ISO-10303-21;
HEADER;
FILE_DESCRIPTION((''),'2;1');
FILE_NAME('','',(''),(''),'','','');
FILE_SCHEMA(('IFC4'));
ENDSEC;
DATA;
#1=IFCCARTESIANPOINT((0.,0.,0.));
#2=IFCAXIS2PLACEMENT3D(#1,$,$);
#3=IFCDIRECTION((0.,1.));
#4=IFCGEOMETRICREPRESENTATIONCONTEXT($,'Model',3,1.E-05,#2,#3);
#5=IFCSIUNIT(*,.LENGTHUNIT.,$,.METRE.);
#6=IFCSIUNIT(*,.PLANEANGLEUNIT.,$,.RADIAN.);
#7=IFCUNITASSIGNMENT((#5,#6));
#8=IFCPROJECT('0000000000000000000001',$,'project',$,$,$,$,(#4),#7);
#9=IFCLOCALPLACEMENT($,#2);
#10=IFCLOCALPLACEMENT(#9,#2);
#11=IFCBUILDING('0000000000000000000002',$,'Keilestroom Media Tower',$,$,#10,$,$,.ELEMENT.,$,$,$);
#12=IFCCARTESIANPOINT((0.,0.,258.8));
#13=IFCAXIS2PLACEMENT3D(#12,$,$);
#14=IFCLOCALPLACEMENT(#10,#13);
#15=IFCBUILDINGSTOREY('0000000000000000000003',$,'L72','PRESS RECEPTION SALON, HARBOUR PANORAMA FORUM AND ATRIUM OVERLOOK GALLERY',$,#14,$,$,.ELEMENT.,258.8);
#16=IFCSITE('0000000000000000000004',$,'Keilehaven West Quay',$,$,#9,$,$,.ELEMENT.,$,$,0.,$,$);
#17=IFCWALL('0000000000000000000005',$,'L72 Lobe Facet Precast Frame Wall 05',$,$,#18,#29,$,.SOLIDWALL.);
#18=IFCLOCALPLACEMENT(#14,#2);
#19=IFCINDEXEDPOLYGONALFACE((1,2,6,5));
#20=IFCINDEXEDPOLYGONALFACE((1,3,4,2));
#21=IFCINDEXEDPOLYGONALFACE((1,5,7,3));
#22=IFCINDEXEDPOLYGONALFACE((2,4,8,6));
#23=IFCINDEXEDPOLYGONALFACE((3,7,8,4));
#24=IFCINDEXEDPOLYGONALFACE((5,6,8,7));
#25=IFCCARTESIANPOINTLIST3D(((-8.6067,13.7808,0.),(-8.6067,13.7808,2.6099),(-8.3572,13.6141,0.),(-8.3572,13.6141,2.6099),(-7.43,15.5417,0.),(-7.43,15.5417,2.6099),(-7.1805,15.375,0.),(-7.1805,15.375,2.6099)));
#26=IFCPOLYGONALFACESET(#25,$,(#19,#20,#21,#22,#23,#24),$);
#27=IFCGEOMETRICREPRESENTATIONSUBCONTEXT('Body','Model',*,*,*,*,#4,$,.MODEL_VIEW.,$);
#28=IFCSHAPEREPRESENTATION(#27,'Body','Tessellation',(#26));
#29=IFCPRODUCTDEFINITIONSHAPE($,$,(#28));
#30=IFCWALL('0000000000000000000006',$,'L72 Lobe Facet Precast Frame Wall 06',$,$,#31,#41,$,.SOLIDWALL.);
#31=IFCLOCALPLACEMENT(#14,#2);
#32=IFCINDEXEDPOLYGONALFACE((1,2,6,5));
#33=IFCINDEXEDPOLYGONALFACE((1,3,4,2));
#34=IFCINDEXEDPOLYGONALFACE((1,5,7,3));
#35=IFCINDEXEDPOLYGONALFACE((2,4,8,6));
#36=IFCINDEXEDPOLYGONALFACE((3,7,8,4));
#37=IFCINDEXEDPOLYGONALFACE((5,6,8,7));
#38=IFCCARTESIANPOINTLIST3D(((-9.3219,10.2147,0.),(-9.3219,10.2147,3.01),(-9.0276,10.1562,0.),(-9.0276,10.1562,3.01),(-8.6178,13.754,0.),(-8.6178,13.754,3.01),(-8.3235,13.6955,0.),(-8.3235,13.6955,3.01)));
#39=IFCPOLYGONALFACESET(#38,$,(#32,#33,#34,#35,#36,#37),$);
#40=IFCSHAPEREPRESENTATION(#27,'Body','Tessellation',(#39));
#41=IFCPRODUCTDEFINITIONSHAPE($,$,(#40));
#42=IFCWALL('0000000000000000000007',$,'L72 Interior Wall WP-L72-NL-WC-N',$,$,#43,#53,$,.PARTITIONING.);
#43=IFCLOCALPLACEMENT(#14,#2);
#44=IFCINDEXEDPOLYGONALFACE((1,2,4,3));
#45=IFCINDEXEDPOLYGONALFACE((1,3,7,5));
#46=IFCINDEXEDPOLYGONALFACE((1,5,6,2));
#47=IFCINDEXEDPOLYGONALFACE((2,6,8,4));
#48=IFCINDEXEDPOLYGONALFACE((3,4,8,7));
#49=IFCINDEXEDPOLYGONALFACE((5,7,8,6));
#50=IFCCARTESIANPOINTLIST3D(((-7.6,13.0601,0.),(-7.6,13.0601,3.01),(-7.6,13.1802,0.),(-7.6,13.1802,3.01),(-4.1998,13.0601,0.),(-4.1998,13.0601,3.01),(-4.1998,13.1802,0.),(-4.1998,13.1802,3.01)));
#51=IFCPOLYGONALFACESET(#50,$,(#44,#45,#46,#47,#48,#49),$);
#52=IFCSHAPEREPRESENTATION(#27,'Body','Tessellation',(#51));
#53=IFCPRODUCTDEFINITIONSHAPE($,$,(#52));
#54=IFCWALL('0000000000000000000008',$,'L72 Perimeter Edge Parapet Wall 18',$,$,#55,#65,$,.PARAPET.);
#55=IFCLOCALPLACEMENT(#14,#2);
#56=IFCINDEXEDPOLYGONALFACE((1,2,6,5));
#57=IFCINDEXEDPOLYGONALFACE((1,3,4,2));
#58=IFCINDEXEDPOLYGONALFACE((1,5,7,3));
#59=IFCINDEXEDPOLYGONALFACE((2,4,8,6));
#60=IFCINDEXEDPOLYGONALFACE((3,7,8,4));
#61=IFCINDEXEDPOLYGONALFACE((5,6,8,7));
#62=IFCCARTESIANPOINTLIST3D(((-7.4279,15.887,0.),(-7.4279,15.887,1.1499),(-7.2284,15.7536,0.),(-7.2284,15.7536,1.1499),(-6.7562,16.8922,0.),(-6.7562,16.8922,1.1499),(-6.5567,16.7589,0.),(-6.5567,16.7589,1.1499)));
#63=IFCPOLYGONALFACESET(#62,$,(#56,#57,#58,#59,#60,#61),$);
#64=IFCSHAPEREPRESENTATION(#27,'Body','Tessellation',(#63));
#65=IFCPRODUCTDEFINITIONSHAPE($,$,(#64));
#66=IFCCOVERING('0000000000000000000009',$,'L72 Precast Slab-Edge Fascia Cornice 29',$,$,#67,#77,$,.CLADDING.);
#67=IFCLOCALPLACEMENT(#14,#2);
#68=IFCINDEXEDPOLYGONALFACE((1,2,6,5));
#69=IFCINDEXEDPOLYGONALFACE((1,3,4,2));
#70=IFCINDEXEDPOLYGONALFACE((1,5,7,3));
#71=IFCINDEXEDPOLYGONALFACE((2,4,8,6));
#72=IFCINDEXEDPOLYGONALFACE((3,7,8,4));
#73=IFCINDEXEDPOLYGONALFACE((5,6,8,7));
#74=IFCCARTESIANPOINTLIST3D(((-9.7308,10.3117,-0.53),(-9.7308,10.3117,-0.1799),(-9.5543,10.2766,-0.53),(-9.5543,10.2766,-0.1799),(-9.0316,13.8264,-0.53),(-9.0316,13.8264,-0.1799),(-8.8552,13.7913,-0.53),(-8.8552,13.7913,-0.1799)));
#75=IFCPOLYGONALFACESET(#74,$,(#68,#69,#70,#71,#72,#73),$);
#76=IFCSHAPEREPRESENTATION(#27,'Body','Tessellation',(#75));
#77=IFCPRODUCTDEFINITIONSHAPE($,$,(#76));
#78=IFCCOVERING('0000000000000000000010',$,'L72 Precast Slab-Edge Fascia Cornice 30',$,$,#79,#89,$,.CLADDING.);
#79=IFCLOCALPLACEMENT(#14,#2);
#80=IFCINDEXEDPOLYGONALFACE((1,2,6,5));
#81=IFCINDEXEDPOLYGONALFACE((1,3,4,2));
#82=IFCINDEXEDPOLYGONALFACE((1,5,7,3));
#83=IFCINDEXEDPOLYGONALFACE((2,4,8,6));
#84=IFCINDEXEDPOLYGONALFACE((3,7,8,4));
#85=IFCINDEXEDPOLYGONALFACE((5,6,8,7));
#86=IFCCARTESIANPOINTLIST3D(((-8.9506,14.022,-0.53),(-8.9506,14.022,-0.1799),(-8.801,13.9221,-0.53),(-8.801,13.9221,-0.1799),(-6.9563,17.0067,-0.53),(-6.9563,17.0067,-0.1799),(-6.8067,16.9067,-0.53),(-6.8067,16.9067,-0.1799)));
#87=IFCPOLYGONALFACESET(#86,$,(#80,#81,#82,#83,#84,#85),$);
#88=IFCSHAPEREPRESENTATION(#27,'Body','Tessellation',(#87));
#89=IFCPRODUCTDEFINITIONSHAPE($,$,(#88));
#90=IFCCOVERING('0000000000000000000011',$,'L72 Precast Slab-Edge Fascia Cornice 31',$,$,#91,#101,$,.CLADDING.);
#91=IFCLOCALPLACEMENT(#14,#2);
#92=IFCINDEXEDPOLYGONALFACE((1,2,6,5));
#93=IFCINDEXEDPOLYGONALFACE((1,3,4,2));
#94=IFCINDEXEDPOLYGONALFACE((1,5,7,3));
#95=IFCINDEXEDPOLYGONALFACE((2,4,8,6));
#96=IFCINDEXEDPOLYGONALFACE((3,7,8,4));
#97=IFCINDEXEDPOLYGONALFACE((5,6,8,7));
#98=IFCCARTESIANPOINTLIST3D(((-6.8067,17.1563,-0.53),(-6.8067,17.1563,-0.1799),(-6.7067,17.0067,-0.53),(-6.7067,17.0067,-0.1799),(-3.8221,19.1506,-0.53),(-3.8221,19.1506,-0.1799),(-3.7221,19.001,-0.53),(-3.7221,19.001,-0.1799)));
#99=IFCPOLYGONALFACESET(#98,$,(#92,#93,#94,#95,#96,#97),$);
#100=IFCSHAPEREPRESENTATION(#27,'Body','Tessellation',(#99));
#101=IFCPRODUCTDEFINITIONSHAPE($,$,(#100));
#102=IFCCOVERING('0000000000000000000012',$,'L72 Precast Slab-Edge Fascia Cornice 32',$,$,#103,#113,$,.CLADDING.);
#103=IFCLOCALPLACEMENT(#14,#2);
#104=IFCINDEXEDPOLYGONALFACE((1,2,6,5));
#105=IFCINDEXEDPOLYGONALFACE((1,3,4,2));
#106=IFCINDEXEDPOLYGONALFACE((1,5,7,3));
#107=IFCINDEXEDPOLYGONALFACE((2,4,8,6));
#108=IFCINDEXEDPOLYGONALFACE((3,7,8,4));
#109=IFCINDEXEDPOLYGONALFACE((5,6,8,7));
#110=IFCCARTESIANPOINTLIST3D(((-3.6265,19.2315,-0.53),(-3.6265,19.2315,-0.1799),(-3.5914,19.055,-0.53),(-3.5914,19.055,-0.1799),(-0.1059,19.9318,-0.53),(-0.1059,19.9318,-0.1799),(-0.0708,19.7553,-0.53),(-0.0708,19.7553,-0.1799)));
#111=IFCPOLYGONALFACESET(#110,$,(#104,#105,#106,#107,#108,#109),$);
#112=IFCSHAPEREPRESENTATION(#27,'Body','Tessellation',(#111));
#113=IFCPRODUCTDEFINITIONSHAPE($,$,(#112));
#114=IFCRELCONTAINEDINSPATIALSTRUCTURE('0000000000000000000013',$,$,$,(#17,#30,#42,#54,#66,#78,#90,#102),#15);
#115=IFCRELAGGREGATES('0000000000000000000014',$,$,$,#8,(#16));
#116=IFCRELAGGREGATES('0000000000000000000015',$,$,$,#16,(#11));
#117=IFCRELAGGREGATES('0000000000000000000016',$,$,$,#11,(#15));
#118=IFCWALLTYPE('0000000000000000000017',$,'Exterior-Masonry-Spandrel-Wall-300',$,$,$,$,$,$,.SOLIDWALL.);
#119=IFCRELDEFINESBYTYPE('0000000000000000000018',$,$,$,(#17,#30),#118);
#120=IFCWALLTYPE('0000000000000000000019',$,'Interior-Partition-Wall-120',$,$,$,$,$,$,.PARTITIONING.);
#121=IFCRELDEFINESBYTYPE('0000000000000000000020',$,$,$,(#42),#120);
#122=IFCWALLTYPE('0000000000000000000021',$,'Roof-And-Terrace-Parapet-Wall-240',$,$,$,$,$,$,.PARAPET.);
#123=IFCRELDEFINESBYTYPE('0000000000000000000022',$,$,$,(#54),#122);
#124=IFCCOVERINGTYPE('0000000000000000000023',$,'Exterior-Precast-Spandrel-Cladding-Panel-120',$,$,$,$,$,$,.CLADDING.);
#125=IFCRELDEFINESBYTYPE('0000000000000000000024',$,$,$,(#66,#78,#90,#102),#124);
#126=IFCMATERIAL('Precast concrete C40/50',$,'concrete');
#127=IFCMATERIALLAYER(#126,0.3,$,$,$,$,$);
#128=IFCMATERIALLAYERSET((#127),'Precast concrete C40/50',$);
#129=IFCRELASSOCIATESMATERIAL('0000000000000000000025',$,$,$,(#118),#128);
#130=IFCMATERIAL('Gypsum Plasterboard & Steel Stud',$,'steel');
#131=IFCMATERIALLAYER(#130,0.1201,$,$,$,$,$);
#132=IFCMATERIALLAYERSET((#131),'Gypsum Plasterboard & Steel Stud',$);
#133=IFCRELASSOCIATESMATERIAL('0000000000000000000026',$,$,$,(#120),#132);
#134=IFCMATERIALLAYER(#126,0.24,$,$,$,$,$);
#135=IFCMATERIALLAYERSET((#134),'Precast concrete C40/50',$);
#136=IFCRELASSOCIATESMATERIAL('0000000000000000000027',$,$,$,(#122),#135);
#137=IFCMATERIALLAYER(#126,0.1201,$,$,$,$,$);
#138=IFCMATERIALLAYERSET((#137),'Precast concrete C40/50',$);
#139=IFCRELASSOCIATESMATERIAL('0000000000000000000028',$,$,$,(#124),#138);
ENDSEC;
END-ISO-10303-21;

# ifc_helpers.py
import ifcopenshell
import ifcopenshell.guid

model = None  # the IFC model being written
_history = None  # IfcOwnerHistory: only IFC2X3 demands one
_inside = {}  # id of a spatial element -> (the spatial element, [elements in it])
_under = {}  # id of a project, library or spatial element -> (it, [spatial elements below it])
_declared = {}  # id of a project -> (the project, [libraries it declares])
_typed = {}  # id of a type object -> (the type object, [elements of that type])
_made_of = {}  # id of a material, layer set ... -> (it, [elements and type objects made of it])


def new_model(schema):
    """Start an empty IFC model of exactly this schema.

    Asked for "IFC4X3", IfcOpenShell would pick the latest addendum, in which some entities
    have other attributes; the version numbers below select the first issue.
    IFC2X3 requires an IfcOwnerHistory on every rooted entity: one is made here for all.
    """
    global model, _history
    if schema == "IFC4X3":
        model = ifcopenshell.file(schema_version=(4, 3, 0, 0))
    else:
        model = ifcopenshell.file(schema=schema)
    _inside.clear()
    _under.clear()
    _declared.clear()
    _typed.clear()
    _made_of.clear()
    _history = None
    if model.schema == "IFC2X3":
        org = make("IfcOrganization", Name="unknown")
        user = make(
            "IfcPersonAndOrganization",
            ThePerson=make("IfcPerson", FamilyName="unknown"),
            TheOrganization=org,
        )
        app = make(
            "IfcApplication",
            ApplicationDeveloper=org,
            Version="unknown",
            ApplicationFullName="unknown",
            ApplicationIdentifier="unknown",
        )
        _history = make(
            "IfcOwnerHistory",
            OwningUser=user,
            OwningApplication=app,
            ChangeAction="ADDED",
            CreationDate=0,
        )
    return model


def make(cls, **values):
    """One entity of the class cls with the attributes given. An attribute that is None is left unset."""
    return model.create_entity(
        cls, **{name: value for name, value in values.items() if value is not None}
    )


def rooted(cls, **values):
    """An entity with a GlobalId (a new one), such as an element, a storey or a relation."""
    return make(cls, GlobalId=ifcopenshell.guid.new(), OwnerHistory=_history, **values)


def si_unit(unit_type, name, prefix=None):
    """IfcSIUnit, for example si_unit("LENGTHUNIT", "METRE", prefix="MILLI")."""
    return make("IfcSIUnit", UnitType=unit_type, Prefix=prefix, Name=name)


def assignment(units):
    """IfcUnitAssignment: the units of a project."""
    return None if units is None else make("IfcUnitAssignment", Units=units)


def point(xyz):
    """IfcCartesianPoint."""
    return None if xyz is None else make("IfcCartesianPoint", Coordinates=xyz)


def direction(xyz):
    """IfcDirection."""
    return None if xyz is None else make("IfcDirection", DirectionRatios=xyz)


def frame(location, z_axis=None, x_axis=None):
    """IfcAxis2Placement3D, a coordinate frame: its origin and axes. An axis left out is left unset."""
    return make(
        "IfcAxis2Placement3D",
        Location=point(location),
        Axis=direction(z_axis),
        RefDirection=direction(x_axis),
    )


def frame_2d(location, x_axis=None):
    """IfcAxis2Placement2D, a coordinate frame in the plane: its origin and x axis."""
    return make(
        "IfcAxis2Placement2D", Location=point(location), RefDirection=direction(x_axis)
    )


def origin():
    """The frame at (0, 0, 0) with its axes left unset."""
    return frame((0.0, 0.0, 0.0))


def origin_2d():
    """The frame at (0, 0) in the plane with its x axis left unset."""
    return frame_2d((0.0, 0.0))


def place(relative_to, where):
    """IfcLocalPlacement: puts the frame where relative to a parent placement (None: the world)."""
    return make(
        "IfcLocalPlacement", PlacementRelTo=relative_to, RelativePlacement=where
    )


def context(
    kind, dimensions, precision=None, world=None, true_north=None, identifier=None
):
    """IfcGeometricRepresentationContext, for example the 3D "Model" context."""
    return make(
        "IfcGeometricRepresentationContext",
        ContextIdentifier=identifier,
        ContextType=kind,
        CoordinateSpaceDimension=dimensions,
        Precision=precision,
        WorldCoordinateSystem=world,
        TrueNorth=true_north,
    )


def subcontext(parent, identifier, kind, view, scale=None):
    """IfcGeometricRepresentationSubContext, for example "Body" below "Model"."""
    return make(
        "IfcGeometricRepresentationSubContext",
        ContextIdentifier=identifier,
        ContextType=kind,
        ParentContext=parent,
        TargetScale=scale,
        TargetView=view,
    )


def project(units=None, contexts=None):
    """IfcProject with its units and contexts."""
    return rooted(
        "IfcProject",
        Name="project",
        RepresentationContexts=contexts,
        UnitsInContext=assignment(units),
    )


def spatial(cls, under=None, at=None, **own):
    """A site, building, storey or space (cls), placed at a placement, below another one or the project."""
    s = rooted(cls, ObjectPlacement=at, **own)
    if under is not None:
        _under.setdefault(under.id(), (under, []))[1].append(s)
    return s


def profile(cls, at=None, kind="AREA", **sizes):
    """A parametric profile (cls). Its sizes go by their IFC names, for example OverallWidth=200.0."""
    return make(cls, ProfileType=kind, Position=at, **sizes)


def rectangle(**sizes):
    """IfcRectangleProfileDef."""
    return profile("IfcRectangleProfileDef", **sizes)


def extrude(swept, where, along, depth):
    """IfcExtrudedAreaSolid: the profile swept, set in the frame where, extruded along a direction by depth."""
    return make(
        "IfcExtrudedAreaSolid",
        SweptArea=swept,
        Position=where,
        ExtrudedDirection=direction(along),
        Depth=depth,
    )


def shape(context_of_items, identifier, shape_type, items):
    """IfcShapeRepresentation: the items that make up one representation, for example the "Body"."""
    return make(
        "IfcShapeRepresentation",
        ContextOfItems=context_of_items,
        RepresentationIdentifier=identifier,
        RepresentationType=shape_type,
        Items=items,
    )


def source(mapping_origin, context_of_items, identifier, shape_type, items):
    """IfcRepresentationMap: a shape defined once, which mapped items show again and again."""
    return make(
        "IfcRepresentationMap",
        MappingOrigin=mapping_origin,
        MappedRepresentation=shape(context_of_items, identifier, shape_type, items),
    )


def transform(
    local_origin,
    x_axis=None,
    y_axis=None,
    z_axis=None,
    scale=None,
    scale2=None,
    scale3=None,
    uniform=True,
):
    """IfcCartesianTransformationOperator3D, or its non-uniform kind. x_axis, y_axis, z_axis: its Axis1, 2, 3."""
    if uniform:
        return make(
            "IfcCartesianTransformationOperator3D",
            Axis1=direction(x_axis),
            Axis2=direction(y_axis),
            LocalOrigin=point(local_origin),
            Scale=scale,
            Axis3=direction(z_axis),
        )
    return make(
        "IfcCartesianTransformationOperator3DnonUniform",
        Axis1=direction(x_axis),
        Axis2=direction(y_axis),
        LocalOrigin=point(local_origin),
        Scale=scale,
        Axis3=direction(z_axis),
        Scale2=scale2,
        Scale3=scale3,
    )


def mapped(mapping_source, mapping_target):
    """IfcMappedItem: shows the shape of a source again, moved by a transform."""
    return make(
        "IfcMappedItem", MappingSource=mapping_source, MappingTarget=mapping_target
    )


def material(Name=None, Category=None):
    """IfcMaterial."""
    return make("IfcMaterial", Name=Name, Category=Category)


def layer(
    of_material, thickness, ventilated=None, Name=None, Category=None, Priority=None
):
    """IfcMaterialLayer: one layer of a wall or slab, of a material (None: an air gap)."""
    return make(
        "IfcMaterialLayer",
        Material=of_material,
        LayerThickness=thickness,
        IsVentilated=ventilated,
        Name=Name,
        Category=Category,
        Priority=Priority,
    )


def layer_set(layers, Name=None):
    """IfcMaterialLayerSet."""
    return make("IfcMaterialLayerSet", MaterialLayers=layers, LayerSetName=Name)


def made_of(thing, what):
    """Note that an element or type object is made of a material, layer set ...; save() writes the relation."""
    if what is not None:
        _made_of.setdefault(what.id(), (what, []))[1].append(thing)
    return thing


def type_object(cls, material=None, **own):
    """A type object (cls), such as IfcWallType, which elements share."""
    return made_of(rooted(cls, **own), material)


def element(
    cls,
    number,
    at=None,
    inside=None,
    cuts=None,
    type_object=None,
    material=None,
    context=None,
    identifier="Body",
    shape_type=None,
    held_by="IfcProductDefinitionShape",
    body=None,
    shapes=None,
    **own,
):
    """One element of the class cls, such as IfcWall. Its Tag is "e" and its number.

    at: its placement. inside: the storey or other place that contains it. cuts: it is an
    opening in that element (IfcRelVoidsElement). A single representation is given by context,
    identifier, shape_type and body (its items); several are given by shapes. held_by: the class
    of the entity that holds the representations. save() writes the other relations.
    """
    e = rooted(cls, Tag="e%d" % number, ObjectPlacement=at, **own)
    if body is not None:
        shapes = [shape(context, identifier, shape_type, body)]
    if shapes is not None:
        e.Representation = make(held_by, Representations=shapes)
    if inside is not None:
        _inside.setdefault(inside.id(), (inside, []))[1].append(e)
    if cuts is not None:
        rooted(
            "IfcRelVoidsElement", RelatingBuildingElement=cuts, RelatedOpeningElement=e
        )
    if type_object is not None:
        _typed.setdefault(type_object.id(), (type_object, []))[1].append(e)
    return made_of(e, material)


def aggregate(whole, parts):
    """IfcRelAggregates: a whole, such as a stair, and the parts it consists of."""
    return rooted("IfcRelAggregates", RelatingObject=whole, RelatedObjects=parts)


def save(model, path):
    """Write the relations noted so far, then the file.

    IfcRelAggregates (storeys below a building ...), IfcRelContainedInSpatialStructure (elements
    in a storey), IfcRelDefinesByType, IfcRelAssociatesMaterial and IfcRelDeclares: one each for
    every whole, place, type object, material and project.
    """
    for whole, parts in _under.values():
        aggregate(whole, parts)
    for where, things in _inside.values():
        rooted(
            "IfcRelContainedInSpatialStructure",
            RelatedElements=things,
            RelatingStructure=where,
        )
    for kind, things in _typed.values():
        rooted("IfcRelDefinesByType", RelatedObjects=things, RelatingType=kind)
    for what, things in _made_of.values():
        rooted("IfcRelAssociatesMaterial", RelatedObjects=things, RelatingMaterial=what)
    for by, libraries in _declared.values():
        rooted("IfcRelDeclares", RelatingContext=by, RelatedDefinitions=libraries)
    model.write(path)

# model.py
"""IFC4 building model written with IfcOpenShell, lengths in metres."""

from ifc_helpers import new_model, si_unit, direction, frame, frame_2d, origin, origin_2d, place, context, subcontext, project, spatial, rectangle, extrude, source, transform, mapped, material, layer, layer_set, type_object, element, save


model = new_model("IFC4")

# Units and contexts
model_context = context("Model", 3, precision=1e-05, world=origin(), true_north=direction((0.0, 1.0)))
body_context = subcontext(model_context, "Body", "Model", "MODEL_VIEW")
ifc_project = project(units=[si_unit("LENGTHUNIT", "METRE"), si_unit("PLANEANGLEUNIT", "RADIAN")], contexts=[model_context])

# Site, building, storey
site_placement = place(None, origin())
site = spatial("IfcSite", under=ifc_project, at=site_placement, Name="Keilehaven West Quay", CompositionType="ELEMENT", RefElevation=0.0)
building_placement = place(site_placement, origin())
building = spatial("IfcBuilding", under=site, at=building_placement, Name="Keilestroom Media Tower", CompositionType="ELEMENT")
storey_placement = place(building_placement, frame((0.0, 0.0, 258.8)))
storey = spatial("IfcBuildingStorey", under=building, at=storey_placement, Name="L72", Description="PRESS RECEPTION SALON, HARBOUR PANORAMA FORUM AND ATRIUM OVERLOOK GALLERY", CompositionType="ELEMENT", Elevation=258.8)

# Walls
ifc_material_1 = material(Name="Precast concrete C40/50", Category="concrete")
ifc_layer_1 = layer(ifc_material_1, 0.3)
ifc_layer_set_1 = layer_set([ifc_layer_1], Name="Precast concrete C40/50")
wall_type_1 = type_object("IfcWallType", Name="Exterior-Masonry-Spandrel-Wall-300", PredefinedType="SOLIDWALL", material=ifc_layer_set_1)
wall_1_placement = place(storey_placement, frame((-7.3052, 15.4585, 0.0), z_axis=(0.0, 0.0, 1.0), x_axis=(-0.555604, -0.831447, 0.0)))
element("IfcWall", 1, at=wall_1_placement, inside=storey, type_object=wall_type_1, Name="L72 Lobe Facet Precast Frame Wall 05", PredefinedType="SOLIDWALL", context=body_context, shape_type="SweptSolid", body=[
    extrude(rectangle(XDim=2.1179, YDim=0.3, at=frame_2d((1.0591, 0.0))), origin(), (0.0, 0.0, 1.0), 2.6099),
])
wall_2_placement = place(storey_placement, frame((-8.4707, 13.7246, 0.0), z_axis=(0.0, 0.0, 1.0), x_axis=(-0.195114, -0.980781, 0.0)))
element("IfcWall", 2, at=wall_2_placement, inside=storey, type_object=wall_type_1, Name="L72 Lobe Facet Precast Frame Wall 06", PredefinedType="SOLIDWALL", context=body_context, shape_type="SweptSolid", body=[
    extrude(rectangle(XDim=3.6086, YDim=0.3, at=frame_2d((1.8042, 0.0))), origin(), (0.0, 0.0, 1.0), 3.01),
])
ifc_material_2 = material(Name="Gypsum Plasterboard & Steel Stud", Category="steel")
ifc_layer_2 = layer(ifc_material_2, 0.1201)
ifc_layer_set_2 = layer_set([ifc_layer_2], Name="Gypsum Plasterboard & Steel Stud")
wall_type_2 = type_object("IfcWallType", Name="Interior-Partition-Wall-120", PredefinedType="PARTITIONING", material=ifc_layer_set_2)
wall_3_placement = place(storey_placement, frame((-7.6001, 13.1201, 0.0), z_axis=(0.0, 0.0, 1.0), x_axis=(1.0, 0.0, 0.0)))
element("IfcWall", 3, at=wall_3_placement, inside=storey, type_object=wall_type_2, Name="L72 Interior Wall WP-L72-NL-WC-N", PredefinedType="PARTITIONING", context=body_context, shape_type="SweptSolid", body=[
    extrude(rectangle(XDim=3.4001, YDim=0.1201, at=frame_2d((1.7002, 0.0))), origin(), (0.0, 0.0, 1.0), 3.01),
])
ifc_layer_3 = layer(ifc_material_1, 0.24)
ifc_layer_set_3 = layer_set([ifc_layer_3], Name="Precast concrete C40/50")
wall_type_3 = type_object("IfcWallType", Name="Roof-And-Terrace-Parapet-Wall-240", PredefinedType="PARAPET", material=ifc_layer_set_3)
wall_4_placement = place(storey_placement, frame((-7.3281, 15.8203, 0.0), z_axis=(0.0, 0.0, 1.0), x_axis=(0.555585, 0.831459, 0.0)))
element("IfcWall", 4, at=wall_4_placement, inside=storey, type_object=wall_type_3, Name="L72 Perimeter Edge Parapet Wall 18", PredefinedType="PARAPET", context=body_context, shape_type="SweptSolid", body=[
    extrude(rectangle(XDim=1.209, YDim=0.24, at=frame_2d((0.6045, 0.0))), origin(), (0.0, 0.0, 1.0), 1.1499),
])

# Coverings
ifc_layer_4 = layer(ifc_material_1, 0.1201)
ifc_layer_set_4 = layer_set([ifc_layer_4], Name="Precast concrete C40/50")
covering_type = type_object("IfcCoveringType", Name="Exterior-Precast-Spandrel-Cladding-Panel-120", PredefinedType="CLADDING", material=ifc_layer_set_4)
shared_shape_1 = source(origin(), body_context, "Body", "SweptSolid", [
    extrude(rectangle(XDim=3.5835, YDim=0.1799, at=origin_2d()), origin(), (0.0, 0.0, 1.0), 0.3501),
])
covering_placement = place(storey_placement, frame((-9.293, 12.0515, -0.53), z_axis=(0.0, 0.0, 1.0), x_axis=(0.195099, 0.980784, 0.0)))
element("IfcCovering", 5, at=covering_placement, inside=storey, type_object=covering_type, Name="L72 Precast Slab-Edge Fascia Cornice 29", PredefinedType="CLADDING", context=body_context, shape_type="MappedRepresentation", body=[
    mapped(shared_shape_1, transform((0.0, 0.0, 0.0), x_axis=(1.0, 0.0, 0.0), y_axis=(0.0, 1.0, 0.0), z_axis=(0.0, 0.0, 1.0), scale=1.0)),
])
shared_shape_2 = source(origin(), body_context, "Body", "SweptSolid", [
    extrude(rectangle(XDim=3.5896, YDim=0.1799, at=origin_2d()), origin(), (0.0, 0.0, 1.0), 0.3501),
])
for number, where, z_axis, x_axis, name in (
    (6, (-7.8787, 15.4644, -0.53), (0.0, 0.0, 1.0), (0.555575, 0.831467, 0.0), "L72 Precast Slab-Edge Fascia Cornice 30"),
    (7, (-5.2644, 18.0786, -0.53), (0.0, 0.0, 1.0), (0.831467, 0.555575, 0.0), "L72 Precast Slab-Edge Fascia Cornice 31"),
    (8, (-1.8486, 19.4934, -0.53), (0.0, 0.0, 1.0), (0.980784, 0.195099, 0.0), "L72 Precast Slab-Edge Fascia Cornice 32"),
):
    element("IfcCovering", number, at=place(storey_placement, frame(where, z_axis=z_axis, x_axis=x_axis)), inside=storey, type_object=covering_type, Name=name, PredefinedType="CLADDING", context=body_context, shape_type="MappedRepresentation", body=[
        mapped(shared_shape_2, transform((0.0, 0.0, 0.0), x_axis=(1.0, 0.0, 0.0), y_axis=(0.0, 1.0, 0.0), z_axis=(0.0, 0.0, 1.0), scale=1.0)),
    ])

save(model, "model.ifc")
